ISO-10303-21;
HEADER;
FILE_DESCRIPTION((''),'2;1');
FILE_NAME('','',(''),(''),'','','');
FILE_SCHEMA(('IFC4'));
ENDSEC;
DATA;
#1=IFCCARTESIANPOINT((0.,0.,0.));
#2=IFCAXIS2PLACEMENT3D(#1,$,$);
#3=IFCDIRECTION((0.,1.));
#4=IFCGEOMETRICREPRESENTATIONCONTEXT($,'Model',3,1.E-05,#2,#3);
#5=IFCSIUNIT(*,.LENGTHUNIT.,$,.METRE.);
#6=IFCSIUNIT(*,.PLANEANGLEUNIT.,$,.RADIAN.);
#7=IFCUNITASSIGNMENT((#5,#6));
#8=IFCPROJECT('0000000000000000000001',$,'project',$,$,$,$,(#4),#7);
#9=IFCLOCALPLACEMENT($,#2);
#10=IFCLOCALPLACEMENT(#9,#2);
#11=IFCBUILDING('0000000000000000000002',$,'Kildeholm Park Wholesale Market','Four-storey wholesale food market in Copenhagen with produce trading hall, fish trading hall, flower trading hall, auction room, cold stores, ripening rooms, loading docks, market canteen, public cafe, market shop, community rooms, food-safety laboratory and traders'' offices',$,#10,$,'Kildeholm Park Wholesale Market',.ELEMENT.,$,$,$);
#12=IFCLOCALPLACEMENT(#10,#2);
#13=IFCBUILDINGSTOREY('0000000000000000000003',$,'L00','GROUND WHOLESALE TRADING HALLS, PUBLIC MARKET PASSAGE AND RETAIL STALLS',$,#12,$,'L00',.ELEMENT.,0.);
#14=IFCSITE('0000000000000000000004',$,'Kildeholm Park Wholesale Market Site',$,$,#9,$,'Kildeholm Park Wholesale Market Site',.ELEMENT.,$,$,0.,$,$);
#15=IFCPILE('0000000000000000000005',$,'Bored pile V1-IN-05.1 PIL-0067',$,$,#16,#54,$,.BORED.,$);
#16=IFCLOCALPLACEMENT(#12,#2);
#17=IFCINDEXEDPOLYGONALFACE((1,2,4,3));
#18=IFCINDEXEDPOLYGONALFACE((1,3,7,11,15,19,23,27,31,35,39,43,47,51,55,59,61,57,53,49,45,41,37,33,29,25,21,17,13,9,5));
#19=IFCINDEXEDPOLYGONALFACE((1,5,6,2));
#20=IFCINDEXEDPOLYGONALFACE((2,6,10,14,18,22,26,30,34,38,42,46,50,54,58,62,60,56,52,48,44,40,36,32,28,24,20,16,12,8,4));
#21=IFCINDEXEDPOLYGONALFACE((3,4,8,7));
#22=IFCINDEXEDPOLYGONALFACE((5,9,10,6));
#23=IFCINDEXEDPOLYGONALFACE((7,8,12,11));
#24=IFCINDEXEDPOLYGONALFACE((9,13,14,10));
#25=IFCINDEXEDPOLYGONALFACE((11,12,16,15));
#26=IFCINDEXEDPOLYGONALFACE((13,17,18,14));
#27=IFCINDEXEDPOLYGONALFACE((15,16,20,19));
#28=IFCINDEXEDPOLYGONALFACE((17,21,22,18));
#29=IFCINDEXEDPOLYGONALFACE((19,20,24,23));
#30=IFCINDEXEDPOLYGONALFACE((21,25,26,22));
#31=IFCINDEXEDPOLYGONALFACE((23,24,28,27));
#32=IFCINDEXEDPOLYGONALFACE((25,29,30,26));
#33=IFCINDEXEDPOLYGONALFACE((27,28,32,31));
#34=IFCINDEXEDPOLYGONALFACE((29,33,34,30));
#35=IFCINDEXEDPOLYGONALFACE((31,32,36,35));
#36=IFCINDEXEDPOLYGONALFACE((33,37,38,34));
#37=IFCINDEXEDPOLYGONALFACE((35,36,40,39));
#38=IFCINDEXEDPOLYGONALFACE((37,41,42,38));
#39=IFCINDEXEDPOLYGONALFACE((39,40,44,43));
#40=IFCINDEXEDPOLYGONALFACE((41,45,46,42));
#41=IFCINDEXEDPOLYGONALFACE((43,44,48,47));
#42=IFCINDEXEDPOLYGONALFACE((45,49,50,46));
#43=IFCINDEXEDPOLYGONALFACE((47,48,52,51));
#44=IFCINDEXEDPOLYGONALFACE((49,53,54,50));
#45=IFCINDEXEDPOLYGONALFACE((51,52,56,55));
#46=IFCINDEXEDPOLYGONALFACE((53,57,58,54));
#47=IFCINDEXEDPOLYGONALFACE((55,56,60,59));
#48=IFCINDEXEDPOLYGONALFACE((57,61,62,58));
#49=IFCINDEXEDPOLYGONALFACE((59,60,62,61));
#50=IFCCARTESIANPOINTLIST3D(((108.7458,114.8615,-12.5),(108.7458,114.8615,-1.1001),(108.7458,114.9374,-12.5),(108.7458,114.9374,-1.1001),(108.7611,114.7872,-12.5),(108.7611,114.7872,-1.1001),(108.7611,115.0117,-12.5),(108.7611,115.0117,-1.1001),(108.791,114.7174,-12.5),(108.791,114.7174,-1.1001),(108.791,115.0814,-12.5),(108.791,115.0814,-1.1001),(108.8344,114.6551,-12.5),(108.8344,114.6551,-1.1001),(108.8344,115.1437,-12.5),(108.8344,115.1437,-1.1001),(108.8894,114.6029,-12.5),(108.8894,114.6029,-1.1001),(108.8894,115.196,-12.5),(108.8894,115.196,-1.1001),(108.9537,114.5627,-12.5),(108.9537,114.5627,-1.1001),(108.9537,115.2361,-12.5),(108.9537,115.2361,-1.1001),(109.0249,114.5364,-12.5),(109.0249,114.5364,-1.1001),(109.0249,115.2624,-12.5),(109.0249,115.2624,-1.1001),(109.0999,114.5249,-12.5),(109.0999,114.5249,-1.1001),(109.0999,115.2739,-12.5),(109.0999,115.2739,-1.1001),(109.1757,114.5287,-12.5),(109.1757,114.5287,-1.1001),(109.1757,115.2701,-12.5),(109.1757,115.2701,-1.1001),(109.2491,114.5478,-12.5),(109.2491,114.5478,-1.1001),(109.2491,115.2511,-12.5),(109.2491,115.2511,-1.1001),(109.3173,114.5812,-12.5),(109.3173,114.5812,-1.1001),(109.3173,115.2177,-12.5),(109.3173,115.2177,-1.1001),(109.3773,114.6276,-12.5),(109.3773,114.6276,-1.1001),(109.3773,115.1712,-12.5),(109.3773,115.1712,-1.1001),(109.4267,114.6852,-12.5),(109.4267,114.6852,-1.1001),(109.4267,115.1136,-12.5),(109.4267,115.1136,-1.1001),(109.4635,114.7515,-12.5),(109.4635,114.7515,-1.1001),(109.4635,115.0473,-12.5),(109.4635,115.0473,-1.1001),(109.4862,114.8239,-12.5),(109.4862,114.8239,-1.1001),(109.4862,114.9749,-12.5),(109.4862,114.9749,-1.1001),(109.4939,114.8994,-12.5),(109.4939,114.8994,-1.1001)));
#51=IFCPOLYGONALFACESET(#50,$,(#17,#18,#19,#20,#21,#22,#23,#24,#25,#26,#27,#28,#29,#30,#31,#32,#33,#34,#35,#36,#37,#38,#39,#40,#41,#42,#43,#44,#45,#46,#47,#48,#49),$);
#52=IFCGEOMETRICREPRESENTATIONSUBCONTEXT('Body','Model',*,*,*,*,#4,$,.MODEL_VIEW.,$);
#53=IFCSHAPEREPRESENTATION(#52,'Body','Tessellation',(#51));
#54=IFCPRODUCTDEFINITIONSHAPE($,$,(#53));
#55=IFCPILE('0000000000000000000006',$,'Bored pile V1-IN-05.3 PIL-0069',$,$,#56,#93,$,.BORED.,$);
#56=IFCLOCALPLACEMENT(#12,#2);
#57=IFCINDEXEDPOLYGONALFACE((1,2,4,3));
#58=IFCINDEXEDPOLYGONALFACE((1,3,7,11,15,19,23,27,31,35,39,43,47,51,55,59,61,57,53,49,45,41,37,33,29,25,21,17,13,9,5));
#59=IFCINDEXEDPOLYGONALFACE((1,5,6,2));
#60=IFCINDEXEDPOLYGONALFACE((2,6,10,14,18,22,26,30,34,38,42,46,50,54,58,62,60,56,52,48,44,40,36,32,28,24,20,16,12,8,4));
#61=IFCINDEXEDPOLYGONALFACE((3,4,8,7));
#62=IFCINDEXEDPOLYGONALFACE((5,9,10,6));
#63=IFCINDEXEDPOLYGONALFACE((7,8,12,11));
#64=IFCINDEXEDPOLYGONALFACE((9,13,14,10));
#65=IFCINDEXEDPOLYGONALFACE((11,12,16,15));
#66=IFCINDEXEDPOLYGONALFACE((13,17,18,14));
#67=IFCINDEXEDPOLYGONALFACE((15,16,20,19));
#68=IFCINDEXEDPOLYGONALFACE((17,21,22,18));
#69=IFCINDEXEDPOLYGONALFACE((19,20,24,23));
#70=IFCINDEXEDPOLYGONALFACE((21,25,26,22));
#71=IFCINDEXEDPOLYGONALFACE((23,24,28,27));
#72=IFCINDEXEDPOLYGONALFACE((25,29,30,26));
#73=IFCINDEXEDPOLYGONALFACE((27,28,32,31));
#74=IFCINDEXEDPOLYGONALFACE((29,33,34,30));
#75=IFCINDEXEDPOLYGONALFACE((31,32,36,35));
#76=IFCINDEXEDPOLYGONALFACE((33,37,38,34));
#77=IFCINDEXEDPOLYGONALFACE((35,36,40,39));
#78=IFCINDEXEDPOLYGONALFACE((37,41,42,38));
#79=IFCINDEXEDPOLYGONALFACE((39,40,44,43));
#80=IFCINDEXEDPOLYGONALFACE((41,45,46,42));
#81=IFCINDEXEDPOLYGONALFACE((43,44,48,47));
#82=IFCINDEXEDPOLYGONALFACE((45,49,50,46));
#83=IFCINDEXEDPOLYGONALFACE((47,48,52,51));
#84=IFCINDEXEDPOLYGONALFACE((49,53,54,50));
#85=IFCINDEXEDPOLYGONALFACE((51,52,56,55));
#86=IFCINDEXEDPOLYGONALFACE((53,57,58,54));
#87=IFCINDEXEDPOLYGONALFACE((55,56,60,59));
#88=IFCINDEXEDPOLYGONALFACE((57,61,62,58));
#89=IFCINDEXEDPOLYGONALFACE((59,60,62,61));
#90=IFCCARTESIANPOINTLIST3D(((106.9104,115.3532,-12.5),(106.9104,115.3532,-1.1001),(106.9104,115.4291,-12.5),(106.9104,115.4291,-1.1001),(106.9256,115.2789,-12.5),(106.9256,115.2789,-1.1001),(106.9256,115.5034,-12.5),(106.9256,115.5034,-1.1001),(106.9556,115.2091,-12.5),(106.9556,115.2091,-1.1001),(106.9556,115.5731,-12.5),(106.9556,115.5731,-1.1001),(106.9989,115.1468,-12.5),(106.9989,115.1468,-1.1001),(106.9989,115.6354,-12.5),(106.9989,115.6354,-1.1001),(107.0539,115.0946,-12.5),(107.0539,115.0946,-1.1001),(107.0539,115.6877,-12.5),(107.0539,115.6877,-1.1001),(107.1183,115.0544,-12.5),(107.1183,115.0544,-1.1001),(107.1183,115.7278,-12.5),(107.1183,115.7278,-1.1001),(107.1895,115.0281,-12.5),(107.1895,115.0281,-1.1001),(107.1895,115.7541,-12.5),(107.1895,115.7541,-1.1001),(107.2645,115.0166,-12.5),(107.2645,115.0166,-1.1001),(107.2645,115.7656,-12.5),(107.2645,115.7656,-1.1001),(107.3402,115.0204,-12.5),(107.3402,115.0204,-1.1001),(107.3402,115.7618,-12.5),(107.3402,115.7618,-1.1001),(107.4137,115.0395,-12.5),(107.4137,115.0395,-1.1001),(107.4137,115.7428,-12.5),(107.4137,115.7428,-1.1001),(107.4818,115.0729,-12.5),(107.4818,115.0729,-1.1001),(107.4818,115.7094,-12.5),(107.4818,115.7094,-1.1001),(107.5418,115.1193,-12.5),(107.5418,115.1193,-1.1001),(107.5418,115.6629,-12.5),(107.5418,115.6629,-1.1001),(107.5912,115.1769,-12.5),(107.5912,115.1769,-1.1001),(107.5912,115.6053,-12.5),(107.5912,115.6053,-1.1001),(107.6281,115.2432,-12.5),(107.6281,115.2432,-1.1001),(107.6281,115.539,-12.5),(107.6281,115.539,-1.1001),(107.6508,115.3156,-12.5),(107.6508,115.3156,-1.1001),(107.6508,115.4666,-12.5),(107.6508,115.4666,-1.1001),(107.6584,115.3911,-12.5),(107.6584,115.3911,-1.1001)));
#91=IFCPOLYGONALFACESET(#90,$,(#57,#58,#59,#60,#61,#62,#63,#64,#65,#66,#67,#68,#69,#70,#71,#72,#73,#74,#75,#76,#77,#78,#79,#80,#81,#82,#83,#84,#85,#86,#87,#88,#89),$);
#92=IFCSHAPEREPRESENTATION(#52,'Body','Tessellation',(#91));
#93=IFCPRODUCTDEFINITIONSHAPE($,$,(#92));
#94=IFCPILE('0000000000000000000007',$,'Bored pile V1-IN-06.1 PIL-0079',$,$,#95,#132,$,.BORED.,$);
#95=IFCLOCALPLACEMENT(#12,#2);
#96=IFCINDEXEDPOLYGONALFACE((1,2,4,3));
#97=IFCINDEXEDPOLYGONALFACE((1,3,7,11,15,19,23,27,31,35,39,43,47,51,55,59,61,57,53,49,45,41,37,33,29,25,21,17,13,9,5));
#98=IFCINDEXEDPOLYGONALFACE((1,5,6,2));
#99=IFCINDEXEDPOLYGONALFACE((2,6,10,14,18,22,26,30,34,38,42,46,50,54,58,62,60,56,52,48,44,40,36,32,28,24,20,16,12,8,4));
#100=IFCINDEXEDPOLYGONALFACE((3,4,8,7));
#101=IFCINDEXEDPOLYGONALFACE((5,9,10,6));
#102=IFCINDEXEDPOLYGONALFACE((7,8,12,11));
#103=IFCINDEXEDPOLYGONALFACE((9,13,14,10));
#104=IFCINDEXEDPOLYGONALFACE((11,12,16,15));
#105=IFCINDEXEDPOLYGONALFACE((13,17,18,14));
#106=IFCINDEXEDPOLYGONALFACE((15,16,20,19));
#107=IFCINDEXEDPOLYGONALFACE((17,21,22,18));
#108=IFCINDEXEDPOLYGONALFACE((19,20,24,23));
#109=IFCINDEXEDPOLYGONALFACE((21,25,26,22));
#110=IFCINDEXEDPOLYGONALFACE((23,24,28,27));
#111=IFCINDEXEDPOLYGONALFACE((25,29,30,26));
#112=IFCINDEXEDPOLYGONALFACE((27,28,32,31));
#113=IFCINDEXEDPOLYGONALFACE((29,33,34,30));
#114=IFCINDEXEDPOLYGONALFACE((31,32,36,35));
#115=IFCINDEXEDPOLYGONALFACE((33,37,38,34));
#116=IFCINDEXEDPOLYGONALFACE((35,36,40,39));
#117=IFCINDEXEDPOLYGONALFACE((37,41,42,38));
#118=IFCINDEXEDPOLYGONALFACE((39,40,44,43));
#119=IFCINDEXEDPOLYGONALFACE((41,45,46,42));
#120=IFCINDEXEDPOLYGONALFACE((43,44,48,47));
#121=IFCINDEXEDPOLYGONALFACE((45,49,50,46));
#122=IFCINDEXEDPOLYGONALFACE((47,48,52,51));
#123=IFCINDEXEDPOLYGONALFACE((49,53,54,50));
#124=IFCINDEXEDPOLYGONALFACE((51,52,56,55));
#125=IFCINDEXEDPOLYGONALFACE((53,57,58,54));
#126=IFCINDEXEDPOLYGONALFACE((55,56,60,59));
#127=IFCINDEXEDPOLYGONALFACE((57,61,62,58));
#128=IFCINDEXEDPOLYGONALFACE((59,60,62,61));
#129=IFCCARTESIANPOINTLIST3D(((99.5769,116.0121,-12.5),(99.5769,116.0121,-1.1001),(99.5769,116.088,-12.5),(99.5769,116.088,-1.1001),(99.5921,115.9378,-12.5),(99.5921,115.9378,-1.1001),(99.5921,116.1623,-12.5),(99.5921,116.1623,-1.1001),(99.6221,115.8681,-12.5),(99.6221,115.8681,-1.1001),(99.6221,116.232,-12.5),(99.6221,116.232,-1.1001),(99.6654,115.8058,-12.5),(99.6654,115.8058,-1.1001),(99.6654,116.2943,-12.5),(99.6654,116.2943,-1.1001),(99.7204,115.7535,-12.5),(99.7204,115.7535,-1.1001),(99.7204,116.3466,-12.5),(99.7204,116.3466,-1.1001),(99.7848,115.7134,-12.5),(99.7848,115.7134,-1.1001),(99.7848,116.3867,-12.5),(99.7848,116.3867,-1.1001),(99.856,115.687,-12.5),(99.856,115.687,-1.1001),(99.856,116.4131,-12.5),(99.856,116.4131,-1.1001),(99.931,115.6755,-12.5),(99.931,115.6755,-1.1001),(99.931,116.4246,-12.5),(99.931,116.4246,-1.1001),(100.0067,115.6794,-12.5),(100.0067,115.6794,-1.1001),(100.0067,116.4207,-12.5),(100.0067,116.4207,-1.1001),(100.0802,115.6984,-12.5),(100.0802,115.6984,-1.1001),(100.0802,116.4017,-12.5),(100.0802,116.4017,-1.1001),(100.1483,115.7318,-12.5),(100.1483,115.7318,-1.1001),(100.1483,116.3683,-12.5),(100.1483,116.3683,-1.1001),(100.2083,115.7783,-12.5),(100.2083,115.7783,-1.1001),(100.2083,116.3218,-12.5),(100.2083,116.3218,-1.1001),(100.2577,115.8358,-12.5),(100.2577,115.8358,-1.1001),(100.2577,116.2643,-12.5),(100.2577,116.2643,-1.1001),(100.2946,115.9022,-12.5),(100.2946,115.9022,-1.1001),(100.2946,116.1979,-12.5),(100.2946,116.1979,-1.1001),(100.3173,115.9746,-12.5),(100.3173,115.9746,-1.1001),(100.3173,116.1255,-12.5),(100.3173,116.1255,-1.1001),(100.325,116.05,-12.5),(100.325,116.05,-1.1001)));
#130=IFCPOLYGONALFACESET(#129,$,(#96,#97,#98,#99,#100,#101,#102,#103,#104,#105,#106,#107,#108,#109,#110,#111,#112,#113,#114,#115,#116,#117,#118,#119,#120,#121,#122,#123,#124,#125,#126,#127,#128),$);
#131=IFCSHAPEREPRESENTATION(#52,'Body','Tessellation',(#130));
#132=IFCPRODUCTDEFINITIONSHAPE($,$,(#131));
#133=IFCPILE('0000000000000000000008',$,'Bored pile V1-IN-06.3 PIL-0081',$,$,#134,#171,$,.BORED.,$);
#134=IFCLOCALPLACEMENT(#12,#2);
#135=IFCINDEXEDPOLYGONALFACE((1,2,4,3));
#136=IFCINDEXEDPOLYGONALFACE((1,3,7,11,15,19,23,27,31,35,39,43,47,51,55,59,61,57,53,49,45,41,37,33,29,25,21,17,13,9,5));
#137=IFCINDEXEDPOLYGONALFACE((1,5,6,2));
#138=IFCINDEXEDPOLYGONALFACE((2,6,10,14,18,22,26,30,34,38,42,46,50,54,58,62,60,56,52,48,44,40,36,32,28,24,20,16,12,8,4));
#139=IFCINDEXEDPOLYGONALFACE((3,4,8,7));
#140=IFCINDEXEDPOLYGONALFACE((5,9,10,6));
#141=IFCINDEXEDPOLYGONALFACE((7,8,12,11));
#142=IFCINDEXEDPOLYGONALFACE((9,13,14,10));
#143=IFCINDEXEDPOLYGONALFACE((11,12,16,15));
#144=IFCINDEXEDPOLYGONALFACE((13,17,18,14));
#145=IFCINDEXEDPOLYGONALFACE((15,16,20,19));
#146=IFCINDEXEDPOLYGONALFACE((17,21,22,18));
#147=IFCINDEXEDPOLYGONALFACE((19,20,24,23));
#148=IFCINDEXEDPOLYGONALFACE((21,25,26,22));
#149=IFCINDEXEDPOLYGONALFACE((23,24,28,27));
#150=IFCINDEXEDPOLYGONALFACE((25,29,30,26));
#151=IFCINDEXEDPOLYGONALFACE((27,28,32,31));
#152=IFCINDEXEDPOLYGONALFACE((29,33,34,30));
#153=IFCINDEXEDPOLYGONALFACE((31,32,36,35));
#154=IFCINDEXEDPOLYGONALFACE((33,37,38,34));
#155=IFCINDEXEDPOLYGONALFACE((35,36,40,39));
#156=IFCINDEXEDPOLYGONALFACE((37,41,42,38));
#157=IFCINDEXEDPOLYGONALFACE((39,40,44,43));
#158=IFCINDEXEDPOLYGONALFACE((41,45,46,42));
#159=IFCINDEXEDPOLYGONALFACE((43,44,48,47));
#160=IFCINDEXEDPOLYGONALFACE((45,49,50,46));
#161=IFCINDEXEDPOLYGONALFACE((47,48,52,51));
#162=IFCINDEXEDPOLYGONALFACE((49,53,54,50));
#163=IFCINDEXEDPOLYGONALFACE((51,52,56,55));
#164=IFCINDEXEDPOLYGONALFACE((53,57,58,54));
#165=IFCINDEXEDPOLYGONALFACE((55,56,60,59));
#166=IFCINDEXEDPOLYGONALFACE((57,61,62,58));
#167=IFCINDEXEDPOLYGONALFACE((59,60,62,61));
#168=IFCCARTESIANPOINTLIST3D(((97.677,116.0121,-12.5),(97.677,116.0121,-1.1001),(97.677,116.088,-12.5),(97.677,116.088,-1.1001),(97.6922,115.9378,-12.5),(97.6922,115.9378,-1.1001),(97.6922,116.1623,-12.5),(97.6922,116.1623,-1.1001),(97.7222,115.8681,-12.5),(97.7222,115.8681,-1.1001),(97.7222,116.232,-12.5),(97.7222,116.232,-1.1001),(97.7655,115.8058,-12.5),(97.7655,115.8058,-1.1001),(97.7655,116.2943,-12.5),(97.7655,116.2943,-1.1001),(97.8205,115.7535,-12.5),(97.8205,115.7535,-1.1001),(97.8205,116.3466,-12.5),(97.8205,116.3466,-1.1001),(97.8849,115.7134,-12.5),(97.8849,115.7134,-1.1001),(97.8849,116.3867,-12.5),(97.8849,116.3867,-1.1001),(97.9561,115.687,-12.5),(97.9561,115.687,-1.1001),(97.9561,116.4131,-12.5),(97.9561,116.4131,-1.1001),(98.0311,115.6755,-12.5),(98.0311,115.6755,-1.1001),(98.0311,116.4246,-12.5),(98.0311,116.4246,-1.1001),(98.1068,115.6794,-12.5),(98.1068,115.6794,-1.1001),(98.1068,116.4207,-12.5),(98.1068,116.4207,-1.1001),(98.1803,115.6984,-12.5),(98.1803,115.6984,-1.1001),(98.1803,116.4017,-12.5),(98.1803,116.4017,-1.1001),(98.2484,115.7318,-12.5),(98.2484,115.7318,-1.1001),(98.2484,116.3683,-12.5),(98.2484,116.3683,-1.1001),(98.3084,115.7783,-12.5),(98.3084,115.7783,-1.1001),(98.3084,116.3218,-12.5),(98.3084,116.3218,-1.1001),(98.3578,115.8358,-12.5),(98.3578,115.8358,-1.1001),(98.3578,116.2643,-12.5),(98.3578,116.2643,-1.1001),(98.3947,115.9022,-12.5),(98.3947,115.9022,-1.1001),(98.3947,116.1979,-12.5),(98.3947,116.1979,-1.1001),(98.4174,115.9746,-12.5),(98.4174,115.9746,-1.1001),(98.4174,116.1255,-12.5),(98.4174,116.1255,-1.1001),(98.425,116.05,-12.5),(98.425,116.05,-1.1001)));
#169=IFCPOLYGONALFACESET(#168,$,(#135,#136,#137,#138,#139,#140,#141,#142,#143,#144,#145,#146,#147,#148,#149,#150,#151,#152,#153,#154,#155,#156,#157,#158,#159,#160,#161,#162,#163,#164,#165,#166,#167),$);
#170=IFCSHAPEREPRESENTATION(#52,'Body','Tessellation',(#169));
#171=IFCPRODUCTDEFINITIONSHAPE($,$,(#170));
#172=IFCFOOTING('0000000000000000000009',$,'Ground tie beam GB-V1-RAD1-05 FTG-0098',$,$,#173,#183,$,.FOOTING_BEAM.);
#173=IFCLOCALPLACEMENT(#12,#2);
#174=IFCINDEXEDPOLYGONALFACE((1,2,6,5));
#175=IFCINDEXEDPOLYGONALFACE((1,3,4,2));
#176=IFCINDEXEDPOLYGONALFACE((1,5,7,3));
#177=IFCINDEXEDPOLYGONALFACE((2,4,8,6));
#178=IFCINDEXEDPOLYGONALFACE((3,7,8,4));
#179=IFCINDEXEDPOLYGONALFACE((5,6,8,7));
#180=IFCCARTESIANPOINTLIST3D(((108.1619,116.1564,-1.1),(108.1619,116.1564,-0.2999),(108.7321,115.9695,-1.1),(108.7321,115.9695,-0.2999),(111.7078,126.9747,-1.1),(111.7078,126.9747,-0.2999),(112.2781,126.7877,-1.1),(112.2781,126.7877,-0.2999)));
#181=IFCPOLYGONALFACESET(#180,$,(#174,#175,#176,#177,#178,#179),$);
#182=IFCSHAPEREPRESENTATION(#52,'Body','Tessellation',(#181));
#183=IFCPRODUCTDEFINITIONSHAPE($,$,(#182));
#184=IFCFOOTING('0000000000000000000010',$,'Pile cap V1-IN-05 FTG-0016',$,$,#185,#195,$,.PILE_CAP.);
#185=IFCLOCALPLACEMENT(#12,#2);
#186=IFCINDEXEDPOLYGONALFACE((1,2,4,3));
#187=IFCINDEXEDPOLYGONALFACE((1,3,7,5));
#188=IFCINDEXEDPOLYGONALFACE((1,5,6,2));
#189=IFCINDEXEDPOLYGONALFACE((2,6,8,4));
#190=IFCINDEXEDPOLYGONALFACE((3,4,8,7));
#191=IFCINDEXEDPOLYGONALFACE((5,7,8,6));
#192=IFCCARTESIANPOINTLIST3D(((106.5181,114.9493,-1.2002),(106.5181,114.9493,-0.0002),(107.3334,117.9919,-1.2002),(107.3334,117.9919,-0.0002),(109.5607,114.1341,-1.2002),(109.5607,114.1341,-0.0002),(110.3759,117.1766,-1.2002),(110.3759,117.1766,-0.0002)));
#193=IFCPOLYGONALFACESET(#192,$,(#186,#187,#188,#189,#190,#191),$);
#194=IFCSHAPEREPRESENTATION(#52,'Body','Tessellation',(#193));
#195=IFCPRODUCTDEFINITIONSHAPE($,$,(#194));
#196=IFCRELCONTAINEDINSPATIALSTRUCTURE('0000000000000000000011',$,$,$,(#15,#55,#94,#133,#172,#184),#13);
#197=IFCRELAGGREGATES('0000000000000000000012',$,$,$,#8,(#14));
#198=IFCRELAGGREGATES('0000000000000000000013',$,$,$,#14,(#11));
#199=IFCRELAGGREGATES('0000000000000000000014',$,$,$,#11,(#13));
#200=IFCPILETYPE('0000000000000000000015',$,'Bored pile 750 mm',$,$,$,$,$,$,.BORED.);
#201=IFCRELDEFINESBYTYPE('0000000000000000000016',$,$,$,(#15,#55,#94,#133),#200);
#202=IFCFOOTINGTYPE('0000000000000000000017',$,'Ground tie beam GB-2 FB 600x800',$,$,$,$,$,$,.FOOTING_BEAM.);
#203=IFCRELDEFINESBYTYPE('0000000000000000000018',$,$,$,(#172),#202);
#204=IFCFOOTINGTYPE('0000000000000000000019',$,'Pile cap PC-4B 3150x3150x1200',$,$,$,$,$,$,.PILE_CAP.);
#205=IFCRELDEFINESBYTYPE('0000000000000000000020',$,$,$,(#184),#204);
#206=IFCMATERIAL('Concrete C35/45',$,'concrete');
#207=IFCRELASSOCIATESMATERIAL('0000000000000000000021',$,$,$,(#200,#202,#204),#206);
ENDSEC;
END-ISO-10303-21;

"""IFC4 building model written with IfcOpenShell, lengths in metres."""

from ifc_helpers import new_model, si_unit, direction, frame, origin, origin_2d, place, context, subcontext, project, spatial, rectangle, circle, extrude, material, material_profile, profile_set, type_object, element, save


model = new_model("IFC4")

# Units and contexts
model_context = context("Model", 3, precision=1e-05, world=origin(), true_north=direction((0.0, 1.0)))
body_context = subcontext(model_context, "Body", "Model", "MODEL_VIEW")
ifc_project = project(units=[si_unit("LENGTHUNIT", "METRE"), si_unit("PLANEANGLEUNIT", "RADIAN")], contexts=[model_context])

# Site, building, storey
site_placement = place(None, origin())
site = spatial("IfcSite", under=ifc_project, at=site_placement, Name="Kildeholm Park Wholesale Market Site", LongName="Kildeholm Park Wholesale Market Site", CompositionType="ELEMENT", RefElevation=0.0)
building_placement = place(site_placement, origin())
building = spatial("IfcBuilding", under=site, at=building_placement, Name="Kildeholm Park Wholesale Market", Description="Four-storey wholesale food market in Copenhagen with produce trading hall, fish trading hall, flower trading hall, auction room, cold stores, ripening rooms, loading docks, market canteen, public cafe, market shop, community rooms, food-safety laboratory and traders' offices", LongName="Kildeholm Park Wholesale Market", CompositionType="ELEMENT")
storey_placement = place(building_placement, origin())
storey = spatial("IfcBuildingStorey", under=building, at=storey_placement, Name="L00", Description="GROUND WHOLESALE TRADING HALLS, PUBLIC MARKET PASSAGE AND RETAIL STALLS", LongName="L00", CompositionType="ELEMENT", Elevation=0.0)

# Piles
ifc_material_1 = material(Name="Concrete C35/45", Category="concrete")
ifc_material_profile_1 = material_profile(ifc_material_1, circle(Radius=0.375, at=origin_2d()), Name="PILE D750")
ifc_profile_set_1 = profile_set([ifc_material_profile_1], Name="Concrete C35/45")
pile_type = type_object("IfcPileType", Name="Bored pile 750 mm", PredefinedType="BORED", material=ifc_profile_set_1)
for number, where, z_axis, x_axis, name in (
    (1, (109.1189, 114.8994, -1.1001), (0.0, 0.0, -1.0), (1.0, 0.0, 0.0), "Bored pile V1-IN-05.1 PIL-0067"),
    (2, (107.2834, 115.3911, -1.1001), (0.0, 0.0, -1.0), (1.0, 0.0, 0.0), "Bored pile V1-IN-05.3 PIL-0069"),
    (3, (99.95, 116.05, -1.1001), (0.0, 0.0, -1.0), (1.0, 0.0, 0.0), "Bored pile V1-IN-06.1 PIL-0079"),
    (4, (98.05, 116.05, -1.1001), (0.0, 0.0, -1.0), (1.0, 0.0, 0.0), "Bored pile V1-IN-06.3 PIL-0081"),
):
    element("IfcPile", number, at=place(storey_placement, frame(where, z_axis=z_axis, x_axis=x_axis)), inside=storey, type_object=pile_type, Name=name, PredefinedType="BORED", context=body_context, shape_type="SweptSolid", body=[
        extrude(circle(Radius=0.375, at=origin_2d()), origin(), (0.0, 0.0, 1.0), 11.3999),
    ])

# Footings
ifc_material_profile_2 = material_profile(ifc_material_1, rectangle(XDim=0.6001, YDim=0.8, at=origin_2d()), Name="FB 600x800")
ifc_profile_set_2 = profile_set([ifc_material_profile_2], Name="Concrete C35/45")
footing_type_1 = type_object("IfcFootingType", Name="Ground tie beam GB-2 FB 600x800", PredefinedType="FOOTING_BEAM", material=ifc_profile_set_2)
footing_1_placement = place(storey_placement, frame((108.447, 116.063, -0.7), z_axis=(0.311469, 0.950256, 0.0), x_axis=(-0.950256, 0.311469, 0.0)))
element("IfcFooting", 5, at=footing_1_placement, inside=storey, type_object=footing_type_1, Name="Ground tie beam GB-V1-RAD1-05 FTG-0098", PredefinedType="FOOTING_BEAM", context=body_context, shape_type="SweptSolid", body=[
    extrude(rectangle(XDim=0.6001, YDim=0.8, at=origin_2d()), origin(), (0.0, 0.0, 1.0), 11.3845),
])
footing_type_2 = type_object("IfcFootingType", Name="Pile cap PC-4B 3150x3150x1200", PredefinedType="PILE_CAP", material=ifc_material_1)
footing_2_placement = place(storey_placement, frame((108.447, 116.063, -1.2002), z_axis=(0.0, 0.0, 1.0), x_axis=(0.258819, 0.965926, 0.0)))
element("IfcFooting", 6, at=footing_2_placement, inside=storey, type_object=footing_type_2, Name="Pile cap V1-IN-05 FTG-0016", PredefinedType="PILE_CAP", context=body_context, shape_type="SweptSolid", body=[
    extrude(rectangle(XDim=3.1499, YDim=3.1499, at=origin_2d()), origin(), (0.0, 0.0, 1.0), 1.2),
])

save(model, "model.ifc")
